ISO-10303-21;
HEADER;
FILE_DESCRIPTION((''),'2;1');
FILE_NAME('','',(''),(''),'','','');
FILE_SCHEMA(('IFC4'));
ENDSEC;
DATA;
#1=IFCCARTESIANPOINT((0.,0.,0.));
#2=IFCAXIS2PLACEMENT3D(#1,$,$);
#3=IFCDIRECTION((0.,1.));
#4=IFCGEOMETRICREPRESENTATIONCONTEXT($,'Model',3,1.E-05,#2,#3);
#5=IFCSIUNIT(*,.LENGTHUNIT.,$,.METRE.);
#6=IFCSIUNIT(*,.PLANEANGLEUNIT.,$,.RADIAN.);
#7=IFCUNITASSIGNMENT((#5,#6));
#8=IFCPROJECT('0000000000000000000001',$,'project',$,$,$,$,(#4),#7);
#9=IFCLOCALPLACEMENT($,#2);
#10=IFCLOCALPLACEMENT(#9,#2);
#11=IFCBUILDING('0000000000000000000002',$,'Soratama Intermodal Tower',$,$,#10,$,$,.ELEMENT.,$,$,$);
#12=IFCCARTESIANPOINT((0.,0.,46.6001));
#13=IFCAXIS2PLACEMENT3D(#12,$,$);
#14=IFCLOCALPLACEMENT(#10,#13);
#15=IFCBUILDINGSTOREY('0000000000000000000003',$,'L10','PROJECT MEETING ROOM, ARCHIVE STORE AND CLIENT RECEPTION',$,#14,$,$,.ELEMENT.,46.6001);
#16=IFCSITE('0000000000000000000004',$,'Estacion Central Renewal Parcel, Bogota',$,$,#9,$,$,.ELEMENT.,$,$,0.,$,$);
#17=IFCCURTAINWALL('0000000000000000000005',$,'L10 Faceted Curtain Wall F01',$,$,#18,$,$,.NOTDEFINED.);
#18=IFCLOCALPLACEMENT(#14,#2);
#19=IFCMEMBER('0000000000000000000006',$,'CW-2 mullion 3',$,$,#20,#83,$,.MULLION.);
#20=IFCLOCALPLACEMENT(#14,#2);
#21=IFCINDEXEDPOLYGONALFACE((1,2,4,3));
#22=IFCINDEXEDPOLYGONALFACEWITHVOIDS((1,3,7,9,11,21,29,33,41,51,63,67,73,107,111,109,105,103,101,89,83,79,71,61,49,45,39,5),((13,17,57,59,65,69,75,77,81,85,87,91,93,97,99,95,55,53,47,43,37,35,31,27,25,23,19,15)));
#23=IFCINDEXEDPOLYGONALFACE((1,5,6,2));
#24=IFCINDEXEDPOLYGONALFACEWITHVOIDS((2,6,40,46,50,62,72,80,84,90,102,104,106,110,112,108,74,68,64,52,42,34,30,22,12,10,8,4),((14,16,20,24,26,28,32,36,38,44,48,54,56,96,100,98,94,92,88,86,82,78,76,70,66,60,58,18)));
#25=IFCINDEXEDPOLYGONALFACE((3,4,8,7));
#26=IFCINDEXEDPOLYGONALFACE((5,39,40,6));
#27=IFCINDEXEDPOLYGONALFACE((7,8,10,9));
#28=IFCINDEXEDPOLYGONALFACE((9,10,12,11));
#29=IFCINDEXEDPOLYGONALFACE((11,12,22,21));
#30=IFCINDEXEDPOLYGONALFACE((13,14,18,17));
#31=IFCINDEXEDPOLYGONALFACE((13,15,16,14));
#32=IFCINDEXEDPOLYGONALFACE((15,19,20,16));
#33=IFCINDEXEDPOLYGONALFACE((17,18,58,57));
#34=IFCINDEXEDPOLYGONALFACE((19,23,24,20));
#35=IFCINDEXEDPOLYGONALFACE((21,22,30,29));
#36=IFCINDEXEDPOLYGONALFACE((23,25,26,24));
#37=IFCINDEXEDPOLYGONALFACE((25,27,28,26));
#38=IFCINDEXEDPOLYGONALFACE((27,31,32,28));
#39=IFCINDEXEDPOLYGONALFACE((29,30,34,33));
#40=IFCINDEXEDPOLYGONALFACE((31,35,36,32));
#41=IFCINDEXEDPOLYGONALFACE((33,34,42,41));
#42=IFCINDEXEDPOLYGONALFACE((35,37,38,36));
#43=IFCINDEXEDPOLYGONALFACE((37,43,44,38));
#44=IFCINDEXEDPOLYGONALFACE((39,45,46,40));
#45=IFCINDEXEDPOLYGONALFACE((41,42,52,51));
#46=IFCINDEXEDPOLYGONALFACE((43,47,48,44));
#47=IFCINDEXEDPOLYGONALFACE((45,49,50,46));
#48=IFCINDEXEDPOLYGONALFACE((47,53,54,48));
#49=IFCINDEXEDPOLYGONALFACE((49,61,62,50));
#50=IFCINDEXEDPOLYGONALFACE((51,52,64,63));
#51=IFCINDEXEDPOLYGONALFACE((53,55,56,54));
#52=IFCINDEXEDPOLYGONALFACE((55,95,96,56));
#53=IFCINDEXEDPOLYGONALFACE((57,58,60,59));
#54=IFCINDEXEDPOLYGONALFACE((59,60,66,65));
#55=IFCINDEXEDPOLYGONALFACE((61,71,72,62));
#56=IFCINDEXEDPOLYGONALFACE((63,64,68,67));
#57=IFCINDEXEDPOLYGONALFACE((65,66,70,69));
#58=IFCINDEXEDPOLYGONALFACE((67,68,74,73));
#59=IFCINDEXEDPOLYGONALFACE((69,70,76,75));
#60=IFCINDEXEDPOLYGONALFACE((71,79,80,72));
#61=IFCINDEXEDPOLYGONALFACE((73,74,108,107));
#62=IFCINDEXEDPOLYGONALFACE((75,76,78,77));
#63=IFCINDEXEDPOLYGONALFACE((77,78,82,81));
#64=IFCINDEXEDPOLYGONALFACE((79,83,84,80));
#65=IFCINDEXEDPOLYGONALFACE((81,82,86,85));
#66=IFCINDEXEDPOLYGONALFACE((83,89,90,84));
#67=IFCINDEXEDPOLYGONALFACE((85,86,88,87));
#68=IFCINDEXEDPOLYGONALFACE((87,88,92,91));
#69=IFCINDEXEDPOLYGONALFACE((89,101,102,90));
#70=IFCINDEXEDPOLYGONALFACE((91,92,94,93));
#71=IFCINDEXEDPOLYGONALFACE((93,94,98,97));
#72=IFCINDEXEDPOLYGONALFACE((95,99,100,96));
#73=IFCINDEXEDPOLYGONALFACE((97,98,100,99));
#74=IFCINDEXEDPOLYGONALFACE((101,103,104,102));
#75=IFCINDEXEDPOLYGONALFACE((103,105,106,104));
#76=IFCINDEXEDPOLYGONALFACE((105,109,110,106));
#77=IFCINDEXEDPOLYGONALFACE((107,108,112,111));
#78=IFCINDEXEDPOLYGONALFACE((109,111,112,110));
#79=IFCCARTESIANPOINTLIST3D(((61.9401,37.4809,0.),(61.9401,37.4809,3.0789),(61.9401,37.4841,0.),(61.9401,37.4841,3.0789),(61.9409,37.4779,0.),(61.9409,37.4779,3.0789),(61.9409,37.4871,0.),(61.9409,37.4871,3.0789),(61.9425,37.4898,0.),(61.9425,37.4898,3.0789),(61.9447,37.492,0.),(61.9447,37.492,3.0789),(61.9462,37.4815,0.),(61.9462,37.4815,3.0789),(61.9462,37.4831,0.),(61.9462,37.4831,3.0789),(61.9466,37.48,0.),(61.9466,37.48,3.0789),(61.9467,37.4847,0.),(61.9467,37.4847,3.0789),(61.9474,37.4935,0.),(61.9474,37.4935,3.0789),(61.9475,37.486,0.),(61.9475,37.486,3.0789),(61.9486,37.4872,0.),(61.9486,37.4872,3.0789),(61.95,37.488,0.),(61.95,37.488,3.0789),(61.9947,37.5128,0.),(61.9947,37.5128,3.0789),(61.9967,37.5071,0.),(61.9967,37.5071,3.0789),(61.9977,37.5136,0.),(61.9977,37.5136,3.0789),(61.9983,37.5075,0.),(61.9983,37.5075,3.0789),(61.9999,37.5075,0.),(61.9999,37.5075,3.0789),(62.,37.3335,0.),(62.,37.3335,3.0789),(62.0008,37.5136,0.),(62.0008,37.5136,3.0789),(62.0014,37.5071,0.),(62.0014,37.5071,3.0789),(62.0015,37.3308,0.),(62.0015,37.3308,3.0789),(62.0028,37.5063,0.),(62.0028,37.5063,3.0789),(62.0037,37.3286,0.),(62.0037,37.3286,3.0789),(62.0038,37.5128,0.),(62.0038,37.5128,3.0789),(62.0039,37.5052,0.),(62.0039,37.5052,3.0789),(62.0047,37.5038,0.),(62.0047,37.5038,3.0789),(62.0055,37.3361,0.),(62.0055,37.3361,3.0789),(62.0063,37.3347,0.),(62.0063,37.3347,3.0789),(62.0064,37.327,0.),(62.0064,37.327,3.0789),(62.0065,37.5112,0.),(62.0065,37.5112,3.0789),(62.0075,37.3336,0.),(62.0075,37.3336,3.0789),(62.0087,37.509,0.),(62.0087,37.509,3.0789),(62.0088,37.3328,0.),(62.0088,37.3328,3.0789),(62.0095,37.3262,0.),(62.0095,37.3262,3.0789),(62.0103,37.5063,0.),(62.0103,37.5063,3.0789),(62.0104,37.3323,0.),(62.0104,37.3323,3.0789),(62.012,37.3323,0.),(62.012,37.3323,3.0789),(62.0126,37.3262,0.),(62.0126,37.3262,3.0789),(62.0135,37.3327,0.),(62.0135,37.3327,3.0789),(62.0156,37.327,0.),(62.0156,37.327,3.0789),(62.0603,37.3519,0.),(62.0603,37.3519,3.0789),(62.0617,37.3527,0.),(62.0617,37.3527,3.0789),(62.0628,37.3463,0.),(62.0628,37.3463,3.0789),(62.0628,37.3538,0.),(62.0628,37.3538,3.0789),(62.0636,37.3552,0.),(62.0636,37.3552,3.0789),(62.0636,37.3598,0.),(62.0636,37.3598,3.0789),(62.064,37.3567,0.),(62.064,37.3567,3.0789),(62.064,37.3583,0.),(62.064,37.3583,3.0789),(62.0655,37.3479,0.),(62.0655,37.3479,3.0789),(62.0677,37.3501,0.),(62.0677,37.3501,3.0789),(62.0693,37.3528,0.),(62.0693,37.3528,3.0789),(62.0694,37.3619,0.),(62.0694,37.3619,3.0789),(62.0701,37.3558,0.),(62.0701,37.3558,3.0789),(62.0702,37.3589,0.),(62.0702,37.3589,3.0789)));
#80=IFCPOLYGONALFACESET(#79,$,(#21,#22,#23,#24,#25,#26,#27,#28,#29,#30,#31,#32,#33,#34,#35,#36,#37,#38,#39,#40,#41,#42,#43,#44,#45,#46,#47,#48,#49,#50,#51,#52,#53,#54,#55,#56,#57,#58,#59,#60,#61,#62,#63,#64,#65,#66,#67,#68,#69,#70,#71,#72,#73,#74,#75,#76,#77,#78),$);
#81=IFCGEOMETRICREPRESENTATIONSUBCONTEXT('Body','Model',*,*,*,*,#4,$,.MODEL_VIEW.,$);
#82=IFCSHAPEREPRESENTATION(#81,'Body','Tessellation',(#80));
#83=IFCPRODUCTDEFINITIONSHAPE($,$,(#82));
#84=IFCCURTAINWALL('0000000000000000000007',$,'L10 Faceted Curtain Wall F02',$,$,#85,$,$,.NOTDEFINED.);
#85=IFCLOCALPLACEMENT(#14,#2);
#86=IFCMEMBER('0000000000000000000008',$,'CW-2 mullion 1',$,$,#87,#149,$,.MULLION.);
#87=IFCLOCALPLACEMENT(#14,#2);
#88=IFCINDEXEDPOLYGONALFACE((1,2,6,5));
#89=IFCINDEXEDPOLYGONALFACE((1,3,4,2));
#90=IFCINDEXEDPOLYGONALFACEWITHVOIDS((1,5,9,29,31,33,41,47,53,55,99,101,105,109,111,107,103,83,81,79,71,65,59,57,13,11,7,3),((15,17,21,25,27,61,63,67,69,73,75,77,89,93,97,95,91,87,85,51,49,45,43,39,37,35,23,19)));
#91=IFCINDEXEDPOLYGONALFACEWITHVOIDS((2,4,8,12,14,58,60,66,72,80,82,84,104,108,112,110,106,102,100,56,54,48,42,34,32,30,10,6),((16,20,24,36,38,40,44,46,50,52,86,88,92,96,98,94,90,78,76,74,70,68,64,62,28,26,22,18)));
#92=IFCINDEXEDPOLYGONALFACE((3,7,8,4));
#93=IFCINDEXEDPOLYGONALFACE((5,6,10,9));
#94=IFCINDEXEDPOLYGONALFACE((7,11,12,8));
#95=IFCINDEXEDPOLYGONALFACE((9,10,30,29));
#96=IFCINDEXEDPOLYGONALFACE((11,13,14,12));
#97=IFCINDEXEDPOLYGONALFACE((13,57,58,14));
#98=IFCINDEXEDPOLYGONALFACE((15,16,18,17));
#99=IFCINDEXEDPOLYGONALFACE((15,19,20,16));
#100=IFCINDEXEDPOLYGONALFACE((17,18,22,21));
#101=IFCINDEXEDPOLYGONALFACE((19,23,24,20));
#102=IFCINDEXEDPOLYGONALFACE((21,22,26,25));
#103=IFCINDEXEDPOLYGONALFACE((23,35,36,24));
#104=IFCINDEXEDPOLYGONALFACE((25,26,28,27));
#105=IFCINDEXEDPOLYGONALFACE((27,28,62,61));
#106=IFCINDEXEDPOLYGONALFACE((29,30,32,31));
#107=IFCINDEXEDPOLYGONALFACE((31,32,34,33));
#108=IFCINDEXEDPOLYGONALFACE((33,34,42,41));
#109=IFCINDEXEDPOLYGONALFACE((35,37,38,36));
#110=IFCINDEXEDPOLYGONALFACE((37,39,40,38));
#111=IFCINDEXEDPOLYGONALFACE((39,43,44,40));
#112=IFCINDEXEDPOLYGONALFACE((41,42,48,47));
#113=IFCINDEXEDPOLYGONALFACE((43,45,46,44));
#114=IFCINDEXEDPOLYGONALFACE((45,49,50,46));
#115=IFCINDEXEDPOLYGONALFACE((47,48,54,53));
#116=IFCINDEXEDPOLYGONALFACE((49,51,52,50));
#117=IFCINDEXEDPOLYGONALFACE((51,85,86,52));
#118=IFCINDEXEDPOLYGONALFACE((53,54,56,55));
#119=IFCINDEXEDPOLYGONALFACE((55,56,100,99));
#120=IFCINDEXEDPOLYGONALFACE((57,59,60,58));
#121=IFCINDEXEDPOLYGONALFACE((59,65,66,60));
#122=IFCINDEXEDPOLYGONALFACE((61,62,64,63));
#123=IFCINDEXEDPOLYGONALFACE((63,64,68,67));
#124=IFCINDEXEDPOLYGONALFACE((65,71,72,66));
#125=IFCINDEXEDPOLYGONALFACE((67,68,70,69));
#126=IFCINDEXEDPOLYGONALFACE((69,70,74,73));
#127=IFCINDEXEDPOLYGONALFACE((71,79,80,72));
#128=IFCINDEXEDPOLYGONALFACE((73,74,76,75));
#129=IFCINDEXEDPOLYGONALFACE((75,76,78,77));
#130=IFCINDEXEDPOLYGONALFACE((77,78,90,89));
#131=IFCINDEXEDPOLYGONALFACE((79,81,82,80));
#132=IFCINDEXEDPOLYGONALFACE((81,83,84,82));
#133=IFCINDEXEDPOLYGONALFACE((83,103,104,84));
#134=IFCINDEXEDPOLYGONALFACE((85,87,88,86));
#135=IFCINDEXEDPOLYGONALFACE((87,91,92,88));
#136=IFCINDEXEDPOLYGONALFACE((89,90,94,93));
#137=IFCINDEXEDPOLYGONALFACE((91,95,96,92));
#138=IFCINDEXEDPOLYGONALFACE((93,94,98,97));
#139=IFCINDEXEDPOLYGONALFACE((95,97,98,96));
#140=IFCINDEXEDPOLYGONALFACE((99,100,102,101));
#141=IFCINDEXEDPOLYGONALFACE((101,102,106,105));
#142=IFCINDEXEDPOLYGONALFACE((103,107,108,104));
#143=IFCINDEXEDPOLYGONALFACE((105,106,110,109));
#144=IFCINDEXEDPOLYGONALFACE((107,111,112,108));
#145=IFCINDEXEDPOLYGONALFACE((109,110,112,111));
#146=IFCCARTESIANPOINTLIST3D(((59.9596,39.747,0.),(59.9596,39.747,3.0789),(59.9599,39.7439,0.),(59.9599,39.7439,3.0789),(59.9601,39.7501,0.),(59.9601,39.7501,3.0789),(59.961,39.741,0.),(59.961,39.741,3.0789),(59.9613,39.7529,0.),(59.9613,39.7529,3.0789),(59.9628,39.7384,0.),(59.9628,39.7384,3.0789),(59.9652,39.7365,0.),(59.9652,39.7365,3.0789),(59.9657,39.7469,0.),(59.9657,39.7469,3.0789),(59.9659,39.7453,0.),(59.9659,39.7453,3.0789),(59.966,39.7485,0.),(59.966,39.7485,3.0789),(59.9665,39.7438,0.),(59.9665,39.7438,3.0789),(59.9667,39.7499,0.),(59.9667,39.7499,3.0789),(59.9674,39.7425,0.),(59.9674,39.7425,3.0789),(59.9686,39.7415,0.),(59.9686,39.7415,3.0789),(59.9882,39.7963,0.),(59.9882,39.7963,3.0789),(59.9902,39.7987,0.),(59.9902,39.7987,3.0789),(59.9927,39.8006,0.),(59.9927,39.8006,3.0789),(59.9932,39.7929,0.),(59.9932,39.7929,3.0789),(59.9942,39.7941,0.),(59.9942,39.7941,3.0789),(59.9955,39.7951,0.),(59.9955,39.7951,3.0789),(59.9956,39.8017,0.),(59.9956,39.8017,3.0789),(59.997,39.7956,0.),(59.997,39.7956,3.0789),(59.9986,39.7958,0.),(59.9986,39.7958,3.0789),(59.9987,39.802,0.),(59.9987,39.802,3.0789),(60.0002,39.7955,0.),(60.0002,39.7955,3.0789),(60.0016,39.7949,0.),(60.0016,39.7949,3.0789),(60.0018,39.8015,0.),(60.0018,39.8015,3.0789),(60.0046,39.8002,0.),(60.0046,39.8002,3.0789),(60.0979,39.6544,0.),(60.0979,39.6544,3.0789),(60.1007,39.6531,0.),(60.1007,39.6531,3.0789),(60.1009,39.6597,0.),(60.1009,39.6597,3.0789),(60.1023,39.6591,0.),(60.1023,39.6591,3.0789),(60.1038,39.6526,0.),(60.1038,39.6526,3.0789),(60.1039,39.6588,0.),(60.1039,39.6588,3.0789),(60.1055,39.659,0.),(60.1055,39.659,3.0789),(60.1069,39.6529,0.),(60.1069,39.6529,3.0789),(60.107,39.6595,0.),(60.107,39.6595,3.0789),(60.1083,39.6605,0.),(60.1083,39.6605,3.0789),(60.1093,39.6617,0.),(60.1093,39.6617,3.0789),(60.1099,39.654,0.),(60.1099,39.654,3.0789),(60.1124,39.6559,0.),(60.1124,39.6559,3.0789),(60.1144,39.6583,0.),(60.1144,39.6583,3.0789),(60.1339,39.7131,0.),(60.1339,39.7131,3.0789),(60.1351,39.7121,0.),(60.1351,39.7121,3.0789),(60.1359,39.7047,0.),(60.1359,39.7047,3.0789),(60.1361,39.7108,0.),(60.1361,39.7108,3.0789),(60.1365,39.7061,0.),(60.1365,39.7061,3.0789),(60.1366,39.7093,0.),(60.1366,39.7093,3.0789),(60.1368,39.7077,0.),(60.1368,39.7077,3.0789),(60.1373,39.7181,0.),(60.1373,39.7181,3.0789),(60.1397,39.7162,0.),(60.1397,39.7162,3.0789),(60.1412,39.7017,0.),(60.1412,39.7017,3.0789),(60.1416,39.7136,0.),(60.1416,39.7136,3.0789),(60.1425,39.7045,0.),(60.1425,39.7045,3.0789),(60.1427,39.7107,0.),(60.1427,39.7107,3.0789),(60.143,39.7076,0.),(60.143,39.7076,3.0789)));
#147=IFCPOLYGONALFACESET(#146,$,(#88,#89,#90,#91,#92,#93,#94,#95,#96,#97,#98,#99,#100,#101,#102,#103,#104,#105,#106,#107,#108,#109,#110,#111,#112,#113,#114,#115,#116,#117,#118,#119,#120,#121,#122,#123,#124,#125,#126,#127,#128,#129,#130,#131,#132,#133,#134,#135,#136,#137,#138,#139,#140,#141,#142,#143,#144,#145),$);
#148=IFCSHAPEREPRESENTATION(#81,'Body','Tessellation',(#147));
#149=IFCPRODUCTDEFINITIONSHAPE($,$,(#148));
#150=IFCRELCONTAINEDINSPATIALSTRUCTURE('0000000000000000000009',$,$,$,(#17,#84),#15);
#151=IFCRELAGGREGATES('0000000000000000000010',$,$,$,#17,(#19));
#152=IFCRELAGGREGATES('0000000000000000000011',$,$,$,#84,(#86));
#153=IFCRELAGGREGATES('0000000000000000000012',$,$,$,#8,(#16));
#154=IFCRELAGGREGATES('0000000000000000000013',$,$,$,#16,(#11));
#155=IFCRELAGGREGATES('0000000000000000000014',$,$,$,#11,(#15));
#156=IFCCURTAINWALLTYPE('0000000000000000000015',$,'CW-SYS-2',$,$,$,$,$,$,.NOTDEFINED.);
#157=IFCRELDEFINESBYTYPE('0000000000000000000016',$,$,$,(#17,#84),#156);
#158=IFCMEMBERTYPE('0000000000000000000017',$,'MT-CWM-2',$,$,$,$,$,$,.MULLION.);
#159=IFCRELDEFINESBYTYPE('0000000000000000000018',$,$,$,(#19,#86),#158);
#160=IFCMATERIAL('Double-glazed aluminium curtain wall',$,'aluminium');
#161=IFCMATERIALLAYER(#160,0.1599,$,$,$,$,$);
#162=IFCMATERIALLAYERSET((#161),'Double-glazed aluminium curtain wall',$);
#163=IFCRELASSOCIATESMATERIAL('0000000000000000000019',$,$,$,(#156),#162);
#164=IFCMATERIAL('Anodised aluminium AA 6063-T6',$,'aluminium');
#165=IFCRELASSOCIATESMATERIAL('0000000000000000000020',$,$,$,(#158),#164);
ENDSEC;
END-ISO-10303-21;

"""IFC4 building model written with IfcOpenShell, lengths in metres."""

from ifc_helpers import new_model, si_unit, direction, frame, origin, origin_2d, place, context, subcontext, project, spatial, hollow_rectangle, extrude, material, layer, layer_set, material_profile, profile_set, type_object, element, aggregate, save


model = new_model("IFC4")

# Units and contexts
model_context = context("Model", 3, precision=1e-05, world=origin(), true_north=direction((0.0, 1.0)))
body_context = subcontext(model_context, "Body", "Model", "MODEL_VIEW")
ifc_project = project(units=[si_unit("LENGTHUNIT", "METRE"), si_unit("PLANEANGLEUNIT", "RADIAN")], contexts=[model_context])

# Site, building, storey
site_placement = place(None, origin())
site = spatial("IfcSite", under=ifc_project, at=site_placement, Name="Estacion Central Renewal Parcel, Bogota", CompositionType="ELEMENT", RefElevation=0.0)
building_placement = place(site_placement, origin())
building = spatial("IfcBuilding", under=site, at=building_placement, Name="Soratama Intermodal Tower", CompositionType="ELEMENT")
storey_placement = place(building_placement, frame((0.0, 0.0, 46.6001)))
storey = spatial("IfcBuildingStorey", under=building, at=storey_placement, Name="L10", Description="PROJECT MEETING ROOM, ARCHIVE STORE AND CLIENT RECEPTION", CompositionType="ELEMENT", Elevation=46.6001)

# Curtain wall, member
ifc_material_1 = material(Name="Double-glazed aluminium curtain wall", Category="aluminium")
ifc_layer_1 = layer(ifc_material_1, 0.1599)
ifc_layer_set_1 = layer_set([ifc_layer_1], Name="Double-glazed aluminium curtain wall")
curtain_wall_type = type_object("IfcCurtainWallType", Name="CW-SYS-2", PredefinedType="NOTDEFINED", material=ifc_layer_set_1)
curtain_wall_1_placement = place(storey_placement, origin())
curtain_wall_1 = element("IfcCurtainWall", 1, at=curtain_wall_1_placement, inside=storey, type_object=curtain_wall_type, Name="L10 Faceted Curtain Wall F01", PredefinedType="NOTDEFINED")
ifc_material_2 = material(Name="Anodised aluminium AA 6063-T6", Category="aluminium")
ifc_material_profile_1 = material_profile(ifc_material_2, hollow_rectangle(XDim=0.075, YDim=0.1799, WallThickness=0.0061, InnerFilletRadius=0.0061, OuterFilletRadius=0.012, at=origin_2d()), Name="CWM180X75X6")
ifc_profile_set_1 = profile_set([ifc_material_profile_1], Name="Anodised aluminium AA 6063-T6")
member_type_1 = type_object("IfcMemberType", Name="MT-CWM-2", PredefinedType="MULLION", material=ifc_profile_set_1)
member_1_placement = place(storey_placement, frame((62.0051, 37.4199, 0.0), z_axis=(0.0, 0.0, 1.0), x_axis=(-0.925473, -0.378813, 0.0)))
member_1 = element("IfcMember", 2, at=member_1_placement, type_object=member_type_1, Name="CW-2 mullion 3", PredefinedType="MULLION", context=body_context, shape_type="SweptSolid", body=[
    extrude(hollow_rectangle(XDim=0.075, YDim=0.1799, WallThickness=0.0061, InnerFilletRadius=0.0061, OuterFilletRadius=0.012, at=origin_2d()), origin(), (0.0, 0.0, 1.0), 3.0789),
])

# Curtain wall, member
curtain_wall_2_placement = place(storey_placement, origin())
curtain_wall_2 = element("IfcCurtainWall", 3, at=curtain_wall_2_placement, inside=storey, type_object=curtain_wall_type, Name="L10 Faceted Curtain Wall F02", PredefinedType="NOTDEFINED")
member_2_placement = place(storey_placement, frame((60.0513, 39.7273, 0.0), z_axis=(0.0, 0.0, 1.0), x_axis=(-0.526058, -0.850449, 0.0)))
member_2 = element("IfcMember", 4, at=member_2_placement, type_object=member_type_1, Name="CW-2 mullion 1", PredefinedType="MULLION", context=body_context, shape_type="SweptSolid", body=[
    extrude(hollow_rectangle(XDim=0.075, YDim=0.1799, WallThickness=0.0061, InnerFilletRadius=0.0061, OuterFilletRadius=0.012, at=origin_2d()), origin(), (0.0, 0.0, 1.0), 3.0789),
])

aggregate(curtain_wall_1, [member_1])
aggregate(curtain_wall_2, [member_2])

save(model, "model.ifc")
